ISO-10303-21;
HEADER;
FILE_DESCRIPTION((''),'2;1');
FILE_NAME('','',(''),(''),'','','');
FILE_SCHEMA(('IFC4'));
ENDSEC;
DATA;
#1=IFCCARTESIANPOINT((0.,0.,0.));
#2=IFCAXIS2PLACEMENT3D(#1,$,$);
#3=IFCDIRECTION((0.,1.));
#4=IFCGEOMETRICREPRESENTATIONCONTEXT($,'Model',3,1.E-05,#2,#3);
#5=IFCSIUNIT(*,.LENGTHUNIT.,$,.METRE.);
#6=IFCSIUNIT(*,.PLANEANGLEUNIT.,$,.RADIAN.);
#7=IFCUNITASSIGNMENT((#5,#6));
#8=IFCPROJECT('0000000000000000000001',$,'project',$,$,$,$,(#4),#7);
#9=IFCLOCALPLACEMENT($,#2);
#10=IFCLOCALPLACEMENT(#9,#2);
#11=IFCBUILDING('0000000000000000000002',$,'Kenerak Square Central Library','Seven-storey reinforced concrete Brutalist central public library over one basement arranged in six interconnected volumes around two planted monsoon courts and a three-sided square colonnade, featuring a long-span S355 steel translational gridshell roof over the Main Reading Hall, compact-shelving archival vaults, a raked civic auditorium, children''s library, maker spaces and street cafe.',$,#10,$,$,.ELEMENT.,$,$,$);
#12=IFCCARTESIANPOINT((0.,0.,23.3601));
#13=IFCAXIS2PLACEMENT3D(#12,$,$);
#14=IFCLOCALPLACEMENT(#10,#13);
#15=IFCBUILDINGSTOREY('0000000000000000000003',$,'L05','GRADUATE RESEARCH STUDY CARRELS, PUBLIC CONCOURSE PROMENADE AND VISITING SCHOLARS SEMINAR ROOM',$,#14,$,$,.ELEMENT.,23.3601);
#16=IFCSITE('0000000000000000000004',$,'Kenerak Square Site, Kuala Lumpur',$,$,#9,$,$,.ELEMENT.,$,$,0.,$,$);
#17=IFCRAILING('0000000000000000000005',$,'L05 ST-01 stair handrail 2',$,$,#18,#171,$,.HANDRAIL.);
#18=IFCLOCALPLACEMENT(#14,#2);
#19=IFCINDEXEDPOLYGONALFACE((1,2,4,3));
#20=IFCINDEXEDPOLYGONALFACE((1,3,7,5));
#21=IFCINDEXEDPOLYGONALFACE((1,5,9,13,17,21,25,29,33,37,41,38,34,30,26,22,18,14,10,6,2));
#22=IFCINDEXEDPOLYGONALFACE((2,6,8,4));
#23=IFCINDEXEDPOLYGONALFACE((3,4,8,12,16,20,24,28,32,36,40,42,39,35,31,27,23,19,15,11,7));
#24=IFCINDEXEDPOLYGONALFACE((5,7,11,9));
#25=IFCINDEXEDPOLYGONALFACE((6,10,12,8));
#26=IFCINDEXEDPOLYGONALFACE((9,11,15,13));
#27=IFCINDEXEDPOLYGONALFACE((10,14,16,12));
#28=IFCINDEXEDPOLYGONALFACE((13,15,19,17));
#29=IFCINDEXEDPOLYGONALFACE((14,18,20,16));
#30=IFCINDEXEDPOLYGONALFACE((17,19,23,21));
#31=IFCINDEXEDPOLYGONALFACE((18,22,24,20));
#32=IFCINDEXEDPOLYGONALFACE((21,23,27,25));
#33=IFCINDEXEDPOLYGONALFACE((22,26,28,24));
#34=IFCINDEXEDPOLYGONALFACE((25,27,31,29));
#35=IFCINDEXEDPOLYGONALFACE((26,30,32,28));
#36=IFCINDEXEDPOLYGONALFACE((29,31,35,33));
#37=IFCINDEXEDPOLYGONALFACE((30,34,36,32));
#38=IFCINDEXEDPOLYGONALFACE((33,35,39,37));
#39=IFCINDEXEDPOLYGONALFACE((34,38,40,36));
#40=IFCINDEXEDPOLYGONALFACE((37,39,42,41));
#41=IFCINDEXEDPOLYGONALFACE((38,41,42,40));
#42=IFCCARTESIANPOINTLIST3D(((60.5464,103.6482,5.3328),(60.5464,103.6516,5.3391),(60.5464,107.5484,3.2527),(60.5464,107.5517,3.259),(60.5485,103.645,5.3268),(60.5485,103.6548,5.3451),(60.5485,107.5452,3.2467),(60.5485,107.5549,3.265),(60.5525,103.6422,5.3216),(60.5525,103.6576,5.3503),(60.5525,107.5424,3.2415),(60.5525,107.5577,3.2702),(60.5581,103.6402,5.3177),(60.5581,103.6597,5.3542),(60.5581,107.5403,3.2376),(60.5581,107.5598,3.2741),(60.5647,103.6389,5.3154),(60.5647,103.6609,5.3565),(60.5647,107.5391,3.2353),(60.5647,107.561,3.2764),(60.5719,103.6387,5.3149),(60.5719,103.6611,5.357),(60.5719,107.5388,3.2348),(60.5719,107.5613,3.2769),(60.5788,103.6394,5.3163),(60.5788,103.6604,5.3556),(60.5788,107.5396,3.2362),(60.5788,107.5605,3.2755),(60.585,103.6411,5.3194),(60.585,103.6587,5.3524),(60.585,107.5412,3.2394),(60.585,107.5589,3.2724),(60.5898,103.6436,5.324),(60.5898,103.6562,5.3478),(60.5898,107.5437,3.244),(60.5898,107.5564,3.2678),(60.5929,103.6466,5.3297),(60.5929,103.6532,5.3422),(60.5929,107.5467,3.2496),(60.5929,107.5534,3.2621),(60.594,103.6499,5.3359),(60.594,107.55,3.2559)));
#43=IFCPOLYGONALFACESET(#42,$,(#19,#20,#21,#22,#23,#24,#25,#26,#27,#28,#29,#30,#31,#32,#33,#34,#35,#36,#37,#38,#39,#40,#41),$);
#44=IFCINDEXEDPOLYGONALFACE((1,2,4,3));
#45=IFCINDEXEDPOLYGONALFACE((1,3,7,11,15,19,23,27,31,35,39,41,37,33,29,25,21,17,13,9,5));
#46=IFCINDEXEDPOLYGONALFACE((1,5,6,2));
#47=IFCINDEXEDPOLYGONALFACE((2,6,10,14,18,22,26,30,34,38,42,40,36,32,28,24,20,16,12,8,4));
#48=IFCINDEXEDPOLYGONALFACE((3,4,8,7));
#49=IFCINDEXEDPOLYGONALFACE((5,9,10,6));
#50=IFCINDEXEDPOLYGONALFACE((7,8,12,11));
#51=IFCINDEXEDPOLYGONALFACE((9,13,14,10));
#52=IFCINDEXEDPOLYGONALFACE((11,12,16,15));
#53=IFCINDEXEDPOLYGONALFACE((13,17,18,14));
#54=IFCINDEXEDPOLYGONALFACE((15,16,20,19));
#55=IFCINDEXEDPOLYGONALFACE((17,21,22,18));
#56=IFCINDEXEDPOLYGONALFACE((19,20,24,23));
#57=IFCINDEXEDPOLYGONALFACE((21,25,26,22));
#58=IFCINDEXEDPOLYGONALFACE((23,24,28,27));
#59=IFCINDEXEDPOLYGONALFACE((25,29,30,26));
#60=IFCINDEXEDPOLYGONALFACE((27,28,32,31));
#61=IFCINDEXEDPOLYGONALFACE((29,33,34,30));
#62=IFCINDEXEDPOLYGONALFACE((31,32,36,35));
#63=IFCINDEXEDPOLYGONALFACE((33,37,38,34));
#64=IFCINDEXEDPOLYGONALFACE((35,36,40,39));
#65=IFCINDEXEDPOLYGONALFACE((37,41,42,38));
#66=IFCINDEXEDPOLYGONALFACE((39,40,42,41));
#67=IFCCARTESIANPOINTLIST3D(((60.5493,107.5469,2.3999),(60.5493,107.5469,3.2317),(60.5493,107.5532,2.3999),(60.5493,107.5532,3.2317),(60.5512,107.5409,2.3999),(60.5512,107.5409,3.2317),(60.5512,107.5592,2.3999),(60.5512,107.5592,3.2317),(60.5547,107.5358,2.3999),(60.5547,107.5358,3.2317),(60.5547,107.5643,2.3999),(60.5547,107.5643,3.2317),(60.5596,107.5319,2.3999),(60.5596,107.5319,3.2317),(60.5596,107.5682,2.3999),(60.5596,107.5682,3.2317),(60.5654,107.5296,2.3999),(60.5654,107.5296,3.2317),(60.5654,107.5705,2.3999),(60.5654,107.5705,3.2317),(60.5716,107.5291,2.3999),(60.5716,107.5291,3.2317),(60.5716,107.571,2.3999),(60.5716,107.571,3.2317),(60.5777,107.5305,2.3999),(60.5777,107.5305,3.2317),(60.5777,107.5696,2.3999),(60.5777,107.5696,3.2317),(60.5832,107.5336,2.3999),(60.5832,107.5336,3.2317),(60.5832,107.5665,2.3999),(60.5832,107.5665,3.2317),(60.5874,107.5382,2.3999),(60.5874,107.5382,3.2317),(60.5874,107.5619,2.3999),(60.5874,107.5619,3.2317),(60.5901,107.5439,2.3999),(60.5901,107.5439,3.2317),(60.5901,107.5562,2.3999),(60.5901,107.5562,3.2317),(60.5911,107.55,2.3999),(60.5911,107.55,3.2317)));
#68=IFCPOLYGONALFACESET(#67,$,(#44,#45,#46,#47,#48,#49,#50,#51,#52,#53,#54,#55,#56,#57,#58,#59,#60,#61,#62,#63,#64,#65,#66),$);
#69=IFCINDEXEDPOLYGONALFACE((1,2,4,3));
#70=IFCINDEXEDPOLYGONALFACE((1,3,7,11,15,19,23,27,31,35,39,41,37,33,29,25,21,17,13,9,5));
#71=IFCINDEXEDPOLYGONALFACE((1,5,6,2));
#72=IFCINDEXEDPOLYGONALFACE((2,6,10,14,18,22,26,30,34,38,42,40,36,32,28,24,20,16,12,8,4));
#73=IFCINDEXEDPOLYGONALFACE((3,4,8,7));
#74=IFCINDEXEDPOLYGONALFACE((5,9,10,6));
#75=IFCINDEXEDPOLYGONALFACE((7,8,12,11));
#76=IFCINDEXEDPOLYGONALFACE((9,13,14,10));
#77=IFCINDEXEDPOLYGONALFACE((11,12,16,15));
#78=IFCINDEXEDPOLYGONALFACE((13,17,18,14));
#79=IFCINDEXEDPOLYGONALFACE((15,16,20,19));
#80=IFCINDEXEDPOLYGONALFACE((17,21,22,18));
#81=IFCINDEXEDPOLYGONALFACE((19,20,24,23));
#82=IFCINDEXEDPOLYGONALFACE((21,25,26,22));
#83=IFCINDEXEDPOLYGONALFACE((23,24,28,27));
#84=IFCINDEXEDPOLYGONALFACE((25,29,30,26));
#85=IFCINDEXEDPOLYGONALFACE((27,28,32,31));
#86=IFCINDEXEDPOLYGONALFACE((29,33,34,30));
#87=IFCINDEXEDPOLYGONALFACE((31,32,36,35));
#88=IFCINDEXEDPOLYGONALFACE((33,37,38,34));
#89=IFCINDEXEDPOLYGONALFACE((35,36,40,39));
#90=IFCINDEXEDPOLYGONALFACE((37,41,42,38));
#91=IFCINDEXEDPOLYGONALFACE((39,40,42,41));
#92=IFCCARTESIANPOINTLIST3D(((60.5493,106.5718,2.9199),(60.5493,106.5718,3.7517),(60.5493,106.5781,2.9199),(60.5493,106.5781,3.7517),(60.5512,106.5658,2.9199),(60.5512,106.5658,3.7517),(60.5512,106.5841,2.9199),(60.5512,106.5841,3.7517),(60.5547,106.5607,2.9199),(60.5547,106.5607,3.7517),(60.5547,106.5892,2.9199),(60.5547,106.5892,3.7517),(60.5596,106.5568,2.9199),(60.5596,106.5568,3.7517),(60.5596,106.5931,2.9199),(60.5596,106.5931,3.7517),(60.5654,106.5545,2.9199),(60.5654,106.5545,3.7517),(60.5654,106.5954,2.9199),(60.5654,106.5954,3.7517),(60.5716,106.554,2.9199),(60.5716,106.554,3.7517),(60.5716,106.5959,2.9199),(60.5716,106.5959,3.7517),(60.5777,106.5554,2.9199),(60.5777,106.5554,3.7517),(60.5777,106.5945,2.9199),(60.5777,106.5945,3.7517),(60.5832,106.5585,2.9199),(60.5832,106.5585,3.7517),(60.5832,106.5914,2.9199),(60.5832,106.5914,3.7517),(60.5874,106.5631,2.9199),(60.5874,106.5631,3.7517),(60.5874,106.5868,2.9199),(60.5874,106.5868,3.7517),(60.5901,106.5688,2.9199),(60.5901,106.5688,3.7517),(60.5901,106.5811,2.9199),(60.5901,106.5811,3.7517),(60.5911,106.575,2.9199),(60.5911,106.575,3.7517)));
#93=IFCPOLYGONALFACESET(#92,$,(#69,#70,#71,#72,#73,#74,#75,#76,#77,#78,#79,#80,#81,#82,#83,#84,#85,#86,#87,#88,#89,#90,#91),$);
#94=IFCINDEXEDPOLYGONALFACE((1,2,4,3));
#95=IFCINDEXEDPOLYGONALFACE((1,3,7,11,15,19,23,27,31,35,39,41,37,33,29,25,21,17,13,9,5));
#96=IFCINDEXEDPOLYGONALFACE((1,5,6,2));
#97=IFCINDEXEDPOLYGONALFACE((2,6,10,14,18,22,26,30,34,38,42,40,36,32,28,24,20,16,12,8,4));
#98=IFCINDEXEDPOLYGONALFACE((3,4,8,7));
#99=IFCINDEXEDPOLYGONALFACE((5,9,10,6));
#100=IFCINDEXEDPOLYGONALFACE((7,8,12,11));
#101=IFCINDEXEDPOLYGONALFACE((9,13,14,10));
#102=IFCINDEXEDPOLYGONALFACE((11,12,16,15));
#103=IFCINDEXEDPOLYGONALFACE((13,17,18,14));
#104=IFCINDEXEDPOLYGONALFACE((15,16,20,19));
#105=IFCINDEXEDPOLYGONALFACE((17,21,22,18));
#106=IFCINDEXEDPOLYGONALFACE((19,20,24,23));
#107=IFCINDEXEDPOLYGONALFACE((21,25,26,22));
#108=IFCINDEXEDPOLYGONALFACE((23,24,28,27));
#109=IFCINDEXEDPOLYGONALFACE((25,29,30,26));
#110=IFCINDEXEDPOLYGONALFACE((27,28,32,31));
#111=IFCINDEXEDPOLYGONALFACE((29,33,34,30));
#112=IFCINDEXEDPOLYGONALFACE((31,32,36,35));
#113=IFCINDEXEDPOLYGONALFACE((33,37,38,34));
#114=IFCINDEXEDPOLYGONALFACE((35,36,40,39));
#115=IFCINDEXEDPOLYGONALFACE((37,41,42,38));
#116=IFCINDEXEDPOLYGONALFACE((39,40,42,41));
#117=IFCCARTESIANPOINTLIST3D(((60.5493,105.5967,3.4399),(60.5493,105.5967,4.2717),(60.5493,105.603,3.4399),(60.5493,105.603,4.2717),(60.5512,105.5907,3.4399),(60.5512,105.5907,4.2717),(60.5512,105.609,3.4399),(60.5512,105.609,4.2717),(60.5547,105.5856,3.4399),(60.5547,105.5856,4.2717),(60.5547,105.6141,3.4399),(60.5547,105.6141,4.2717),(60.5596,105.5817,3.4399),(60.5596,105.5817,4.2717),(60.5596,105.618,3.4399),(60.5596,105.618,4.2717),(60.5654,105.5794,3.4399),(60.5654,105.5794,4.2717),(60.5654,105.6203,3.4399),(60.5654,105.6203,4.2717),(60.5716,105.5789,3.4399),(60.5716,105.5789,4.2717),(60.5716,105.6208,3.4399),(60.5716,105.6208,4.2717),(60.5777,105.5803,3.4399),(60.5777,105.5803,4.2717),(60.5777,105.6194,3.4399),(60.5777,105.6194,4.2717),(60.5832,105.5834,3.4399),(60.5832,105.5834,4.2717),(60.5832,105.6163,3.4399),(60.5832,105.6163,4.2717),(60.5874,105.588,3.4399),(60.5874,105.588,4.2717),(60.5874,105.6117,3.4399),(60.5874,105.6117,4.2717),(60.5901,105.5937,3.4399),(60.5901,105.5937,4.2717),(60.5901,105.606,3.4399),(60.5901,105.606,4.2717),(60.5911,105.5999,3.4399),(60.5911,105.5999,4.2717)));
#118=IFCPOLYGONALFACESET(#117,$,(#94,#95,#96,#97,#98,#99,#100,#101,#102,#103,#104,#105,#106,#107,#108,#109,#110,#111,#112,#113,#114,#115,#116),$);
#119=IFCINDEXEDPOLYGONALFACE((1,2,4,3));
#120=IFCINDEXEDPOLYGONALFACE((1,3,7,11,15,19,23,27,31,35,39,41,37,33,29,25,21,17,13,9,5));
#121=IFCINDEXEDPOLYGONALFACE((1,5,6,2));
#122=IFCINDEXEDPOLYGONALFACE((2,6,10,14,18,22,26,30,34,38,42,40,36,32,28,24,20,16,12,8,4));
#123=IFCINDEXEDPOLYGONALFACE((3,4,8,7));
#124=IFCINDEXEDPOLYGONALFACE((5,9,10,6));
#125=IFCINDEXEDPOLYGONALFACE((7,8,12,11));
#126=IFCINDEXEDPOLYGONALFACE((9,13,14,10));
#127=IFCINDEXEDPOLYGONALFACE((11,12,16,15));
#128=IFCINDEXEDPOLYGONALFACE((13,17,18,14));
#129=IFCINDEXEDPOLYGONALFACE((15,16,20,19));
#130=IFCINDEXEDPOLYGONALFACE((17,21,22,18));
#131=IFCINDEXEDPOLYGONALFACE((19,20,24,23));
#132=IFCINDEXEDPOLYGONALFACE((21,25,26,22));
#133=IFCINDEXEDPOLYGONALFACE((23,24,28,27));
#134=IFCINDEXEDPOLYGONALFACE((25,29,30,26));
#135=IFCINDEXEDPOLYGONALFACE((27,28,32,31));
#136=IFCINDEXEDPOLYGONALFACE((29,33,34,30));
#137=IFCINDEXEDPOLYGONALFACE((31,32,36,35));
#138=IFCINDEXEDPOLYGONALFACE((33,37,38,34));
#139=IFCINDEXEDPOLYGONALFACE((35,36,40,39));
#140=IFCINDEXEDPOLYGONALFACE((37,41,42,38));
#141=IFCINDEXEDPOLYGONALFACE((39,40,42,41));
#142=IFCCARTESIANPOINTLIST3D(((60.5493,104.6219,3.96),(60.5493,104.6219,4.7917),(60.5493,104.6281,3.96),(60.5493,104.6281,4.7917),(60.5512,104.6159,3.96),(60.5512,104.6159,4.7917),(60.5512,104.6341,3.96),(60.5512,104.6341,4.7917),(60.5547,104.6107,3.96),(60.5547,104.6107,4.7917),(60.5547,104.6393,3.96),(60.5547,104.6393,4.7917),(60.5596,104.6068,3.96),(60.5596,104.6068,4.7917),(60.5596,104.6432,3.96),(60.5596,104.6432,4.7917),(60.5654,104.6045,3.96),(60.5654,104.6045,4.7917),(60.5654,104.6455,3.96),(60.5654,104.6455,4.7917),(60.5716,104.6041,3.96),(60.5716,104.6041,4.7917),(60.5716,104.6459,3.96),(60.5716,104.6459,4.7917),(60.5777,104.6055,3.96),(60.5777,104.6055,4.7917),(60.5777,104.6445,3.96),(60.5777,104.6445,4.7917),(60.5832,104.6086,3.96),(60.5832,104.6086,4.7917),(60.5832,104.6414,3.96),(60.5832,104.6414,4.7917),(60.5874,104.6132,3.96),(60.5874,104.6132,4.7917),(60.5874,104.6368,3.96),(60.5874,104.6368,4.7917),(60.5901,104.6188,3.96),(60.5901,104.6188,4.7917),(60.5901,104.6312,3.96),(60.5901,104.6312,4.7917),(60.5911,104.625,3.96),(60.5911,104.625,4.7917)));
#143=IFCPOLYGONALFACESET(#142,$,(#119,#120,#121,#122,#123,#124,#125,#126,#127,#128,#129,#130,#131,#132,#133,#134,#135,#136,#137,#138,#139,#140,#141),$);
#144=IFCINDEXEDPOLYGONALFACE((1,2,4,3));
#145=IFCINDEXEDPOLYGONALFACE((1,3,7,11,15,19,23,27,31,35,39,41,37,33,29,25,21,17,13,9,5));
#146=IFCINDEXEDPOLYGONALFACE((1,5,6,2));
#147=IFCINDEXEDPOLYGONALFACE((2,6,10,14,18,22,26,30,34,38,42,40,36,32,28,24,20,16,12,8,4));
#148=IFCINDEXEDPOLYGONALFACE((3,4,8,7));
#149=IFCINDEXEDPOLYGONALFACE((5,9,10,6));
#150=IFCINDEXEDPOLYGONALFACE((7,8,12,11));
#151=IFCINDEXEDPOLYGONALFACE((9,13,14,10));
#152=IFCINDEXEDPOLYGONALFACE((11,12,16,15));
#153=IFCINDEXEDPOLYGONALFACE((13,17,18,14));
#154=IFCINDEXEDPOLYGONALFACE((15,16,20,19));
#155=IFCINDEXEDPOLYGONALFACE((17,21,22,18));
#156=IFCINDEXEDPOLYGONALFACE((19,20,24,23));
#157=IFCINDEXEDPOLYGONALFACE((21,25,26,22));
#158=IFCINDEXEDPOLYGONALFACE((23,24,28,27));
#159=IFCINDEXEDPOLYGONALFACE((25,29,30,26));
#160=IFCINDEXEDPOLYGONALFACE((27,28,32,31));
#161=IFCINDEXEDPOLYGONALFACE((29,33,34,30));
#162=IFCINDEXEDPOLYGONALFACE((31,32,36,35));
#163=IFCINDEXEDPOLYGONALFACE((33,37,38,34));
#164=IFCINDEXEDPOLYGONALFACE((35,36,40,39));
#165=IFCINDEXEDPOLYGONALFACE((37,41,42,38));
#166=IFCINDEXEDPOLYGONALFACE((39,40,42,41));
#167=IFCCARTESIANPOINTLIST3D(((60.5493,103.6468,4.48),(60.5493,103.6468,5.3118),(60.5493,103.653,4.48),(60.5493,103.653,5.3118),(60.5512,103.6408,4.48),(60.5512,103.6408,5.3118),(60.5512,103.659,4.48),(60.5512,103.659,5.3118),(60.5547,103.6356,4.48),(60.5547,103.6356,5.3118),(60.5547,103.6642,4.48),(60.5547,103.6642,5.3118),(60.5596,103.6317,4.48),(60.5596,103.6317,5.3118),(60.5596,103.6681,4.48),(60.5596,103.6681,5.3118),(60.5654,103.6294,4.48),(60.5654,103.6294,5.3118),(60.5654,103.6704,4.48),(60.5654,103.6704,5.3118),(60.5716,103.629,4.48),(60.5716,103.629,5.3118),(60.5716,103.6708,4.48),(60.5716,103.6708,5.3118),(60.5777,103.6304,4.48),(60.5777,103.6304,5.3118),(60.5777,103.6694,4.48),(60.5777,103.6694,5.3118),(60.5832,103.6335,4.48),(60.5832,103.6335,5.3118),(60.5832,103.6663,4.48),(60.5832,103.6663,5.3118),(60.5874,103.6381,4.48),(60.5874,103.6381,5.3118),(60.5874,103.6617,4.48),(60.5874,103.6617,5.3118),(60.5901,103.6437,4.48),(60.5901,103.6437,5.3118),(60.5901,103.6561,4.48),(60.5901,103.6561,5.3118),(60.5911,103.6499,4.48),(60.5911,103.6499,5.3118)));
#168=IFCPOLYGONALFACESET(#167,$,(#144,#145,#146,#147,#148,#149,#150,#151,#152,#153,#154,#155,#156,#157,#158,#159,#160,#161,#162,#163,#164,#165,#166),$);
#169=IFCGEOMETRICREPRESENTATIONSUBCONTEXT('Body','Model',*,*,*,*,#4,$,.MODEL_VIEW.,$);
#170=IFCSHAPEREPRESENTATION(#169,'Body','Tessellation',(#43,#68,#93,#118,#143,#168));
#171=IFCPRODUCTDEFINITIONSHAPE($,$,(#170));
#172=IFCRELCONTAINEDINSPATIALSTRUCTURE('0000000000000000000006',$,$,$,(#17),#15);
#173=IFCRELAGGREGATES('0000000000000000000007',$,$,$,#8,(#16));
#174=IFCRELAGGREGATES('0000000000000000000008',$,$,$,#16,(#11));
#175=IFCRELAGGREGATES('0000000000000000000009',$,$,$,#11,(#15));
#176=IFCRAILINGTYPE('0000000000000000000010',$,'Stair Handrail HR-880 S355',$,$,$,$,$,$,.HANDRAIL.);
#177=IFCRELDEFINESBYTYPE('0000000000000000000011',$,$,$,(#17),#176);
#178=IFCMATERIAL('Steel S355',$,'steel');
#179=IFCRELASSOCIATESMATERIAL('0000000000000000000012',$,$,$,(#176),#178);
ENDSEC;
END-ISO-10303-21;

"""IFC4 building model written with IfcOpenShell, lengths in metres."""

from ifc_helpers import new_model, si_unit, direction, frame, origin, origin_2d, place, context, subcontext, project, spatial, circle, extrude, material, type_object, element, save


model = new_model("IFC4")

# Units and contexts
model_context = context("Model", 3, precision=1e-05, world=origin(), true_north=direction((0.0, 1.0)))
body_context = subcontext(model_context, "Body", "Model", "MODEL_VIEW")
ifc_project = project(units=[si_unit("LENGTHUNIT", "METRE"), si_unit("PLANEANGLEUNIT", "RADIAN")], contexts=[model_context])

# Site, building, storey
site_placement = place(None, origin())
site = spatial("IfcSite", under=ifc_project, at=site_placement, Name="Kenerak Square Site, Kuala Lumpur", CompositionType="ELEMENT", RefElevation=0.0)
building_placement = place(site_placement, origin())
building = spatial("IfcBuilding", under=site, at=building_placement, Name="Kenerak Square Central Library", Description="Seven-storey reinforced concrete Brutalist central public library over one basement arranged in six interconnected volumes around two planted monsoon courts and a three-sided square colonnade, featuring a long-span S355 steel translational gridshell roof over the Main Reading Hall, compact-shelving archival vaults, a raked civic auditorium, children's library, maker spaces and street cafe.", CompositionType="ELEMENT")
storey_placement = place(building_placement, frame((0.0, 0.0, 23.3601)))
storey = spatial("IfcBuildingStorey", under=building, at=storey_placement, Name="L05", Description="GRADUATE RESEARCH STUDY CARRELS, PUBLIC CONCOURSE PROMENADE AND VISITING SCHOLARS SEMINAR ROOM", CompositionType="ELEMENT", Elevation=23.3601)

# Shared definitions
ifc_material_1 = material(Name="Steel S355", Category="steel")

# Railing
railing_type_1 = type_object("IfcRailingType", Name="Stair Handrail HR-880 S355", PredefinedType="HANDRAIL", material=ifc_material_1)
railing_1_placement = place(storey_placement, frame((60.5701, 107.55, 2.3999)))
element("IfcRailing", 1, at=railing_1_placement, inside=storey, type_object=railing_type_1, Name="L05 ST-01 stair handrail 2", PredefinedType="HANDRAIL", context=body_context, shape_type="SweptSolid", body=[
    extrude(circle(Radius=0.0239, at=origin_2d()), frame((0.0, 0.0, 0.856), z_axis=(0.0, -0.882353, 0.470588), x_axis=(1.0, 0.0, 0.0)), (0.0, 0.0, 1.0), 4.4202),
    extrude(circle(Radius=0.021, at=origin_2d()), origin(), (0.0, 0.0, 1.0), 0.8318),
    extrude(circle(Radius=0.021, at=origin_2d()), frame((0.0, -0.9751, 0.52)), (0.0, 0.0, 1.0), 0.8318),
    extrude(circle(Radius=0.021, at=origin_2d()), frame((0.0, -1.9502, 1.04)), (0.0, 0.0, 1.0), 0.8318),
    extrude(circle(Radius=0.021, at=origin_2d()), frame((0.0, -2.925, 1.5601)), (0.0, 0.0, 1.0), 0.8318),
    extrude(circle(Radius=0.021, at=origin_2d()), frame((0.0, -3.9001, 2.0801)), (0.0, 0.0, 1.0), 0.8318),
])

save(model, "model.ifc")
